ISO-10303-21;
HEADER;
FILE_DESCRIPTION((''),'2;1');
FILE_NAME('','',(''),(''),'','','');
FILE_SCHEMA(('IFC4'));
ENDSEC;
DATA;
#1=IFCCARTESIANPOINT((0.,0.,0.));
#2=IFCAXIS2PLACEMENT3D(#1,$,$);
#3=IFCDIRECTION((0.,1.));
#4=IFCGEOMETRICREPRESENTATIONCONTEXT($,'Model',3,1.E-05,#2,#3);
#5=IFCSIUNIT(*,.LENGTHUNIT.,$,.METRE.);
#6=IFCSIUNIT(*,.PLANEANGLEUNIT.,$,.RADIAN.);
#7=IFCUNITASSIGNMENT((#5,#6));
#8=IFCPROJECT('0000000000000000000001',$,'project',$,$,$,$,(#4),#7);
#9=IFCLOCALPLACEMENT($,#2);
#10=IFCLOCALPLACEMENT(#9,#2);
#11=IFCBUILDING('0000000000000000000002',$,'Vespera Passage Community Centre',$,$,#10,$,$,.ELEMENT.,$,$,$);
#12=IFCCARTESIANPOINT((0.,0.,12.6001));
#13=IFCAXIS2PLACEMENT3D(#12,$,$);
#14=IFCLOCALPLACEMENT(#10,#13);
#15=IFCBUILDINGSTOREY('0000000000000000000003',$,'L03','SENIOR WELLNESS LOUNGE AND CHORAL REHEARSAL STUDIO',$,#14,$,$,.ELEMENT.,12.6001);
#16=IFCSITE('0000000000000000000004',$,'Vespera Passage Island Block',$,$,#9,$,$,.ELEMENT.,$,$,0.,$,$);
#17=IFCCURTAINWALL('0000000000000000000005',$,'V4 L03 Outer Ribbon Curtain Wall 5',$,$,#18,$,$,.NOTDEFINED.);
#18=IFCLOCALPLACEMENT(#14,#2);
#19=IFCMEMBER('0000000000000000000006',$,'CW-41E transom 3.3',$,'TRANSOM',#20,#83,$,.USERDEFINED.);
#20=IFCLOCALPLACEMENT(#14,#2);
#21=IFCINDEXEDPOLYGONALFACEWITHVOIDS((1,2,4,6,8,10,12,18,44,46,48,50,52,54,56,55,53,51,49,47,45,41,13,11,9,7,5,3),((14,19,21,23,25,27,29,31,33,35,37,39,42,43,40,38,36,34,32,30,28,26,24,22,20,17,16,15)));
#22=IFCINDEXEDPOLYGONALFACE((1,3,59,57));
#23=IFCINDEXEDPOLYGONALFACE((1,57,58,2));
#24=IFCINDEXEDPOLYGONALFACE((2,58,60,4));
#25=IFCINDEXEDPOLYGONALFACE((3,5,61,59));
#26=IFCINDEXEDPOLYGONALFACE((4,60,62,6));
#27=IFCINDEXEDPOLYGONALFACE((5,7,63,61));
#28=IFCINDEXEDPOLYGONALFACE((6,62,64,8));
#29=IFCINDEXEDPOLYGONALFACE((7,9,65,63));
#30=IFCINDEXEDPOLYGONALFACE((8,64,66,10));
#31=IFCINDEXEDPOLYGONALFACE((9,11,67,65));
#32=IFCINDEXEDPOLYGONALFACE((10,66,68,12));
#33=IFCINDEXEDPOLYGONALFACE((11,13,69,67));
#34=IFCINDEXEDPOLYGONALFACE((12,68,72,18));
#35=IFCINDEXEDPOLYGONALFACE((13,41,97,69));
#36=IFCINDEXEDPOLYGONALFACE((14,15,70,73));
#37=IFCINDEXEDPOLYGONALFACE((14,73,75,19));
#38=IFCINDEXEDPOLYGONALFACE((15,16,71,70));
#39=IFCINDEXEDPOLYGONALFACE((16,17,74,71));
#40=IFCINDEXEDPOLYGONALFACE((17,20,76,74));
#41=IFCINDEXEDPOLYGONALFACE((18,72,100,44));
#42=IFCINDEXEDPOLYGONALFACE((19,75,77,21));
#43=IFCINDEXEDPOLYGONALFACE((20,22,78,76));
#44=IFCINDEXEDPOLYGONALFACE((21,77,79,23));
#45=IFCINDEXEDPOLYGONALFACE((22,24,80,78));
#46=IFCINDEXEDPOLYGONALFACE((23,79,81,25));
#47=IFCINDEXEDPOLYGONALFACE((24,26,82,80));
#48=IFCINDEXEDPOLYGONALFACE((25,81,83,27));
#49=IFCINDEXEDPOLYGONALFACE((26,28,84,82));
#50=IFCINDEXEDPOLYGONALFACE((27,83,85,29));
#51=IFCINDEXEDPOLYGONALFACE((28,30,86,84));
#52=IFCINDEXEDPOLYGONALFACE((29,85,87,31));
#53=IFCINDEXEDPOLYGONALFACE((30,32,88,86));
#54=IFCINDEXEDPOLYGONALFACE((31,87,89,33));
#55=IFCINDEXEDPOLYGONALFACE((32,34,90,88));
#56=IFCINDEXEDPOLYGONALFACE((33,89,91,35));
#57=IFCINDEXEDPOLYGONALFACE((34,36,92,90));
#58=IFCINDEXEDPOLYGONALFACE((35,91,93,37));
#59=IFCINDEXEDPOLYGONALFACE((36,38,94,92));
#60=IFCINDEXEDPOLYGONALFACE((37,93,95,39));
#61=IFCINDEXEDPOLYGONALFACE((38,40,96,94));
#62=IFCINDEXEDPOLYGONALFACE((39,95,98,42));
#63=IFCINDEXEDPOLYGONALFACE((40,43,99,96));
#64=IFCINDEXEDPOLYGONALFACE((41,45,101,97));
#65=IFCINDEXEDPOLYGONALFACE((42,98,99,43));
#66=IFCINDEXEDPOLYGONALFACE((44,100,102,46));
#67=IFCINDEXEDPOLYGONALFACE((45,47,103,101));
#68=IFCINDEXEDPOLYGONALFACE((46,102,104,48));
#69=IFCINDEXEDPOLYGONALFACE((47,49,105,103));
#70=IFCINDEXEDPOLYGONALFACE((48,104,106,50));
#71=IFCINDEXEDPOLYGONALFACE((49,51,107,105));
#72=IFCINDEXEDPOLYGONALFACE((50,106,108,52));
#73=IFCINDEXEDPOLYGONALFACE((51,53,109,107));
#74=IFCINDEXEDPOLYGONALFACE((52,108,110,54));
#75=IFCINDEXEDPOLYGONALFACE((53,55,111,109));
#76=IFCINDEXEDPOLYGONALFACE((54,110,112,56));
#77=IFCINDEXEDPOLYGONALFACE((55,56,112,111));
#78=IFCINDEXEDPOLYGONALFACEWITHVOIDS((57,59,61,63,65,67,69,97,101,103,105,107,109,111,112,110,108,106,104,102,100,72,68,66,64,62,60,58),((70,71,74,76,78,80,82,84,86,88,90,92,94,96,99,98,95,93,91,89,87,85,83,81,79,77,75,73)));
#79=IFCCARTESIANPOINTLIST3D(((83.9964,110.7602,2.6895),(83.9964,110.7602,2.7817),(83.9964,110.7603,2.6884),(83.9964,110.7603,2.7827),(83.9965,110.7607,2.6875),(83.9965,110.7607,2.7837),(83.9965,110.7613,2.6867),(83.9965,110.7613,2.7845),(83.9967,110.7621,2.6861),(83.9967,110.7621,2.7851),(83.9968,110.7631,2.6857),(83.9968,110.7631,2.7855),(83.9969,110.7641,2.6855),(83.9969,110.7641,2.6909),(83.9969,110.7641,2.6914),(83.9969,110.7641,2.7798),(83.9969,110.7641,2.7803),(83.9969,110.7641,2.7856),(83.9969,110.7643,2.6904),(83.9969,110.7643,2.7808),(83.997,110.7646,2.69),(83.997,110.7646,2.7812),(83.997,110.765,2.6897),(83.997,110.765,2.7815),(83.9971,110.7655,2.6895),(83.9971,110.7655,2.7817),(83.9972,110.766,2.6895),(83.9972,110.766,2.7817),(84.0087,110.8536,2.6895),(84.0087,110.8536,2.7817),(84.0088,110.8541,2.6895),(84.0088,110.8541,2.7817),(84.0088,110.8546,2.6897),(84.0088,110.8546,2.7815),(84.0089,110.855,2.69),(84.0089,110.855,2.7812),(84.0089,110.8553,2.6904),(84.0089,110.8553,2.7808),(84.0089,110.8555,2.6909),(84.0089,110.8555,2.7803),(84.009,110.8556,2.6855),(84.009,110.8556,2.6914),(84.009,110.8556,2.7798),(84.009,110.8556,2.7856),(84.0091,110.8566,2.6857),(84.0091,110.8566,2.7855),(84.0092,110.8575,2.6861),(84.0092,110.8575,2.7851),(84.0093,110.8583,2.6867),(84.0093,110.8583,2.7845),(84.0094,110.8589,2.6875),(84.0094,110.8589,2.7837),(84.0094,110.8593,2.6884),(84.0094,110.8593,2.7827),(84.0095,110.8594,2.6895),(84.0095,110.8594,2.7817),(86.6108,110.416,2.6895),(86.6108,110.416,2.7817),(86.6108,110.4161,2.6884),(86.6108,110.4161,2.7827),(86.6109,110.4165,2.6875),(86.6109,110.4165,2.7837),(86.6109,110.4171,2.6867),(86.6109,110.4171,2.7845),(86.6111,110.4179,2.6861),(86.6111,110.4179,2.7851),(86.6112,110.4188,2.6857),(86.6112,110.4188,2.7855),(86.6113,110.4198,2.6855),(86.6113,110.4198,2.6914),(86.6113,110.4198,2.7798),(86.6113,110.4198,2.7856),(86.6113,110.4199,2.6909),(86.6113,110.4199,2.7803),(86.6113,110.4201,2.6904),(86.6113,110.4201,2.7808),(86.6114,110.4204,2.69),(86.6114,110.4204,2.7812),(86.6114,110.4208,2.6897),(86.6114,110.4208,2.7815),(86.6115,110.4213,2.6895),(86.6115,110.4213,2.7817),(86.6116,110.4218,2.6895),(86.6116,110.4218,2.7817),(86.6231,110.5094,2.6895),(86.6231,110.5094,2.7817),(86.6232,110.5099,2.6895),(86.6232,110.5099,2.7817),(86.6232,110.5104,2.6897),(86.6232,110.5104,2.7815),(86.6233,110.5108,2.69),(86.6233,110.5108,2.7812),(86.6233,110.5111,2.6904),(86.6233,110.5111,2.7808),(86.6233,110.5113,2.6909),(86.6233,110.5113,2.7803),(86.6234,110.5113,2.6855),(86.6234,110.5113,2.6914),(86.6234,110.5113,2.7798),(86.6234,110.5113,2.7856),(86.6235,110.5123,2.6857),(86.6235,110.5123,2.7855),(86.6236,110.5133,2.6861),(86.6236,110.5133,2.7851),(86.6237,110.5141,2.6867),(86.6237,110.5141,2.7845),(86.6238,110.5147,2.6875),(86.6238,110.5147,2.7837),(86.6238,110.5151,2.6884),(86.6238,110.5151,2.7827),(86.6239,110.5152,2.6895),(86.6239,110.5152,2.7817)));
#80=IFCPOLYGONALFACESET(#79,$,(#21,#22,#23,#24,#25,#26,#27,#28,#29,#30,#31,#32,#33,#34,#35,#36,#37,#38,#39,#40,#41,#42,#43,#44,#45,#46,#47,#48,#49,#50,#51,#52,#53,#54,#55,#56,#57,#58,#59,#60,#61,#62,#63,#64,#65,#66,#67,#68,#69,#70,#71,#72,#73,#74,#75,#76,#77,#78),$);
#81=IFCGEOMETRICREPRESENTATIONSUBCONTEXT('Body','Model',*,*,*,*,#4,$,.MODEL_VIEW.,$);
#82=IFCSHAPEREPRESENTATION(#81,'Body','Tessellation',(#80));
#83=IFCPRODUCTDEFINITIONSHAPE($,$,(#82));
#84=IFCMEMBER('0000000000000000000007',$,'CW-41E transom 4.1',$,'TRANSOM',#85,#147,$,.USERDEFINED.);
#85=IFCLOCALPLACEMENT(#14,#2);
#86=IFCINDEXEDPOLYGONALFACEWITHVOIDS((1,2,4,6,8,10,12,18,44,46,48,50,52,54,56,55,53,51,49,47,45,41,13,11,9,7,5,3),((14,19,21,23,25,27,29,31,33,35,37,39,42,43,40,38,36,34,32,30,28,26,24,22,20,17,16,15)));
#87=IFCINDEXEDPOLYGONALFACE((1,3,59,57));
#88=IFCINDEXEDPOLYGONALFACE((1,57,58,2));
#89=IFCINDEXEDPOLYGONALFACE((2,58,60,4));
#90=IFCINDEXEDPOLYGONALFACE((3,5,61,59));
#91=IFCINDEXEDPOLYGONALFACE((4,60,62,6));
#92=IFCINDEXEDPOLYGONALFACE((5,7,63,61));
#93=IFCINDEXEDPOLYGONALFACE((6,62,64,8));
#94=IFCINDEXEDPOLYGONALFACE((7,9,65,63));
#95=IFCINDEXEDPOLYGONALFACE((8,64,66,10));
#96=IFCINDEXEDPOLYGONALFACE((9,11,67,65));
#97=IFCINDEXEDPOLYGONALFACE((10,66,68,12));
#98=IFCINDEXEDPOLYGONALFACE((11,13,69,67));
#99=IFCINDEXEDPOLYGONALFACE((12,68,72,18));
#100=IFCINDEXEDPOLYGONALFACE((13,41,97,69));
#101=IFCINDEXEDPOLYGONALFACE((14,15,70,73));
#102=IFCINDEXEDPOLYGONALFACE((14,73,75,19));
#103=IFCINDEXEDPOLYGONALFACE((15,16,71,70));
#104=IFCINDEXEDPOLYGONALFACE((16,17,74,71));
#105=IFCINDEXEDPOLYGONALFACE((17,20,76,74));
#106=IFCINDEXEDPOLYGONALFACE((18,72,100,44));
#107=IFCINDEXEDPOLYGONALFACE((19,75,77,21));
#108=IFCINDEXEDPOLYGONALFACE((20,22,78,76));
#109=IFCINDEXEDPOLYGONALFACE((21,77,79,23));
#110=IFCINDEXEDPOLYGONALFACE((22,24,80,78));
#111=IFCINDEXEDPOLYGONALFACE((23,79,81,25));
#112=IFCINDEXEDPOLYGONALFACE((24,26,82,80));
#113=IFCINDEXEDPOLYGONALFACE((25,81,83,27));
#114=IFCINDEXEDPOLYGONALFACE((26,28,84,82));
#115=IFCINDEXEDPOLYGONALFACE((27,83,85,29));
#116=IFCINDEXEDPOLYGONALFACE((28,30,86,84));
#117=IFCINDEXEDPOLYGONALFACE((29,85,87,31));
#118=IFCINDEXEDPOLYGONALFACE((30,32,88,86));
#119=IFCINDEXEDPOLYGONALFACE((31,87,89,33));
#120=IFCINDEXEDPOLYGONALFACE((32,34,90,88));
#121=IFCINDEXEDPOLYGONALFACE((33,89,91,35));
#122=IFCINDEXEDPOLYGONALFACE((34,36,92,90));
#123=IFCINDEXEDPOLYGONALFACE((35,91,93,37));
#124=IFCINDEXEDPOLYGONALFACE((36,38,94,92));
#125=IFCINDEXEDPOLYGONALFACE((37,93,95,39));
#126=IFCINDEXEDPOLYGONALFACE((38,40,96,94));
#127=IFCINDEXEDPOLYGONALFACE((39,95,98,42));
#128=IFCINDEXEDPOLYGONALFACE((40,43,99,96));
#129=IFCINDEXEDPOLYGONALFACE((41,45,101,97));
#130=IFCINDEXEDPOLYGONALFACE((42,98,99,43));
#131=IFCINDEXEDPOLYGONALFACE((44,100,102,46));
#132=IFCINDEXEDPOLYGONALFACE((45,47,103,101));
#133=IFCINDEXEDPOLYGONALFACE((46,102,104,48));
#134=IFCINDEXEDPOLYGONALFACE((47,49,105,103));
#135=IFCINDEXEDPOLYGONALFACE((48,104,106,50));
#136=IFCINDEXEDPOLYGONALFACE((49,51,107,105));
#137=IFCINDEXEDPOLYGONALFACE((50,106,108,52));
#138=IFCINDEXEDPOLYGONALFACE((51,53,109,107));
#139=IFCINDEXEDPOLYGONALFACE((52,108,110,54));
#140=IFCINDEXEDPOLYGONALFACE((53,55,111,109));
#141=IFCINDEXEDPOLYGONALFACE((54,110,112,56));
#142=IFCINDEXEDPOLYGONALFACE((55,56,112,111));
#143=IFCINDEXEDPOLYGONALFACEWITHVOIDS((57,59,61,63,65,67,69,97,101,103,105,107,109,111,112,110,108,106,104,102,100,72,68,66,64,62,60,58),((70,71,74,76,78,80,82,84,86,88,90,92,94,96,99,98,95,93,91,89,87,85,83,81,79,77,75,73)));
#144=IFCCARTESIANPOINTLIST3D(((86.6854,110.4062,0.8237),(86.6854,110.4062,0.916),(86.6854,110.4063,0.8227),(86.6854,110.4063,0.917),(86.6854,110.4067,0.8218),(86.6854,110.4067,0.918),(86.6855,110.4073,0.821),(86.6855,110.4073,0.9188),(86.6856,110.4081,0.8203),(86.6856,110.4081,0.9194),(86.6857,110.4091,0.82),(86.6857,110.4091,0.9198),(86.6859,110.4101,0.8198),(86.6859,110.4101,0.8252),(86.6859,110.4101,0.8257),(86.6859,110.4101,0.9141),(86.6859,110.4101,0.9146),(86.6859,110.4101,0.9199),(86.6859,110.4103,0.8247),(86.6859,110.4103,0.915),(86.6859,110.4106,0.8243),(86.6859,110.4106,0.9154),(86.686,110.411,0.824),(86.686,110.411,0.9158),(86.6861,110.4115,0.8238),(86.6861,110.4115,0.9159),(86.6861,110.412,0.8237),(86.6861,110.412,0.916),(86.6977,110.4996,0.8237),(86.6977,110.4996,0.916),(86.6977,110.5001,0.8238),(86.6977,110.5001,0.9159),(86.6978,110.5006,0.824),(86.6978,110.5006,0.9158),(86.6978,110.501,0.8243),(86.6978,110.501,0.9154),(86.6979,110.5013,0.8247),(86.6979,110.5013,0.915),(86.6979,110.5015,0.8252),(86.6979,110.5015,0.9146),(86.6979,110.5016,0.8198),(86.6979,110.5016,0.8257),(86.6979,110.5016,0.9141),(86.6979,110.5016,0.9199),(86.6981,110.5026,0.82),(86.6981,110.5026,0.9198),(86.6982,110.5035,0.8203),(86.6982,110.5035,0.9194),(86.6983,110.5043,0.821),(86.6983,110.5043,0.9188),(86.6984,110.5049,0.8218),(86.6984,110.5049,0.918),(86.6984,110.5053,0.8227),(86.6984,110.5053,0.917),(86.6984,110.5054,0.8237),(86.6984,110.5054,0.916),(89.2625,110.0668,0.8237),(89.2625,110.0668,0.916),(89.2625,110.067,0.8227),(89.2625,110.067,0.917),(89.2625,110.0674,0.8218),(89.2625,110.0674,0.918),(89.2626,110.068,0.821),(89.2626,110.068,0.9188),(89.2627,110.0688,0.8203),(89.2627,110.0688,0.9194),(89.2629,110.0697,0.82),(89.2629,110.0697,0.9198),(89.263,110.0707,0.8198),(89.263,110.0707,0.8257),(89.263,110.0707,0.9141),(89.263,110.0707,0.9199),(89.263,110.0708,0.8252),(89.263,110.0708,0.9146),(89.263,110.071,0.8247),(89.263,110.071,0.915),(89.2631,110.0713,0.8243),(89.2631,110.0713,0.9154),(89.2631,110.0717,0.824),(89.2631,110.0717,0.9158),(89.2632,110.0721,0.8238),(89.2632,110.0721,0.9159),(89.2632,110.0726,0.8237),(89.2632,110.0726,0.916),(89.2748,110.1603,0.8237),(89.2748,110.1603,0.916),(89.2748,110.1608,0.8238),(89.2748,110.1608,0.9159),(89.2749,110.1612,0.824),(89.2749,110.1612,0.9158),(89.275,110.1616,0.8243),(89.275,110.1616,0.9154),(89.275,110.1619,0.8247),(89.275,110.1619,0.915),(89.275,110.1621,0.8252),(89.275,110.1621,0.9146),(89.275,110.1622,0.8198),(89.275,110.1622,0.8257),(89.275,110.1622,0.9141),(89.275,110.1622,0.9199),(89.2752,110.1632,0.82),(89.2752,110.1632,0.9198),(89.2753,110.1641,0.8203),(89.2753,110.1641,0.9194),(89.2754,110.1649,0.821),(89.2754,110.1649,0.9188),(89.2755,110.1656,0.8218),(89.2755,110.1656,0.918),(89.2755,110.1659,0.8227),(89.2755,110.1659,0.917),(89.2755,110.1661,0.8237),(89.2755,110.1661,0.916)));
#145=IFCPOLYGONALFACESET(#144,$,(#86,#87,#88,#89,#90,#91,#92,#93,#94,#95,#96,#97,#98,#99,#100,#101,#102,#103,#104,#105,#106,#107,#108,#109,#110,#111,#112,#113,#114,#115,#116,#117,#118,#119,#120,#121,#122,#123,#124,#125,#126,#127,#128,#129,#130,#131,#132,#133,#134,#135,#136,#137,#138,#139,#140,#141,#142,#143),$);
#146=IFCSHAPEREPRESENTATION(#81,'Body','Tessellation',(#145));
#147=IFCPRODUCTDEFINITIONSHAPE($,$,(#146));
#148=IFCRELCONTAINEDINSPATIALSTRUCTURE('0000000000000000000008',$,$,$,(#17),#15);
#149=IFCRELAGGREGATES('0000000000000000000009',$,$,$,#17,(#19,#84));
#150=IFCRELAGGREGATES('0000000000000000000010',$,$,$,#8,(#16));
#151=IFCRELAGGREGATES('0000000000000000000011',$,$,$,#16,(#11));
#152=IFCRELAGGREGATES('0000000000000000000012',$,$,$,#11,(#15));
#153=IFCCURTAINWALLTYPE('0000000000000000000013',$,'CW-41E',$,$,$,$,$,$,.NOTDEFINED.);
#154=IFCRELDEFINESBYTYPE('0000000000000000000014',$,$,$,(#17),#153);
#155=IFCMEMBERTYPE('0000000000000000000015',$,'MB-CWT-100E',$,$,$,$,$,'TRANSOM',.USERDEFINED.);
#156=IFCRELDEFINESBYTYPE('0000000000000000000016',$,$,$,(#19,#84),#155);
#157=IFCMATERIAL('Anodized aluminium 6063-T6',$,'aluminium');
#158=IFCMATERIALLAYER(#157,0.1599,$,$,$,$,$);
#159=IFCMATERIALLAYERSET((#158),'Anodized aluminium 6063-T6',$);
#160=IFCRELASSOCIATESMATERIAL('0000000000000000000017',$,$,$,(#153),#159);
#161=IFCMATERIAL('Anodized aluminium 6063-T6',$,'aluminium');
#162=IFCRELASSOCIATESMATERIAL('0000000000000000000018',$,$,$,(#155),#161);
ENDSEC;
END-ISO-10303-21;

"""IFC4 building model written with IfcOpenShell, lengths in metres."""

from ifc_helpers import new_model, si_unit, direction, frame, origin, origin_2d, place, context, subcontext, project, spatial, hollow_rectangle, extrude, material, layer, layer_set, material_profile, profile_set, type_object, element, aggregate, save


model = new_model("IFC4")

# Units and contexts
model_context = context("Model", 3, precision=1e-05, world=origin(), true_north=direction((0.0, 1.0)))
body_context = subcontext(model_context, "Body", "Model", "MODEL_VIEW")
ifc_project = project(units=[si_unit("LENGTHUNIT", "METRE"), si_unit("PLANEANGLEUNIT", "RADIAN")], contexts=[model_context])

# Site, building, storey
site_placement = place(None, origin())
site = spatial("IfcSite", under=ifc_project, at=site_placement, Name="Vespera Passage Island Block", CompositionType="ELEMENT", RefElevation=0.0)
building_placement = place(site_placement, origin())
building = spatial("IfcBuilding", under=site, at=building_placement, Name="Vespera Passage Community Centre", CompositionType="ELEMENT")
storey_placement = place(building_placement, frame((0.0, 0.0, 12.6001)))
storey = spatial("IfcBuildingStorey", under=building, at=storey_placement, Name="L03", Description="SENIOR WELLNESS LOUNGE AND CHORAL REHEARSAL STUDIO", CompositionType="ELEMENT", Elevation=12.6001)

# Curtain wall, members
ifc_material_1 = material(Name="Anodized aluminium 6063-T6", Category="aluminium")
ifc_layer_1 = layer(ifc_material_1, 0.1599)
ifc_layer_set_1 = layer_set([ifc_layer_1], Name="Anodized aluminium 6063-T6")
curtain_wall_type = type_object("IfcCurtainWallType", Name="CW-41E", PredefinedType="NOTDEFINED", material=ifc_layer_set_1)
curtain_wall_placement = place(storey_placement, origin())
curtain_wall = element("IfcCurtainWall", 1, at=curtain_wall_placement, inside=storey, type_object=curtain_wall_type, Name="V4 L03 Outer Ribbon Curtain Wall 5", PredefinedType="NOTDEFINED")
ifc_material_2 = material(Name="Anodized aluminium 6063-T6", Category="aluminium")
ifc_material_profile_1 = material_profile(ifc_material_2, hollow_rectangle(XDim=0.1001, YDim=0.1001, WallThickness=0.0039, InnerFilletRadius=0.002, OuterFilletRadius=0.0039, at=origin_2d()), Name="ALU100X100X4")
ifc_profile_set_1 = profile_set([ifc_material_profile_1], Name="Anodized aluminium 6063-T6")
member_type_1 = type_object("IfcMemberType", Name="MB-CWT-100E", ElementType="TRANSOM", PredefinedType="USERDEFINED", material=ifc_profile_set_1)
member_1_placement = place(storey_placement, frame((84.0029, 110.8098, 2.7356), z_axis=(0.991443, -0.130538, 0.0), x_axis=(0.130538, 0.991443, 0.0)))
member_1 = element("IfcMember", 2, at=member_1_placement, type_object=member_type_1, Name="CW-41E transom 3.3", ObjectType="TRANSOM", PredefinedType="USERDEFINED", context=body_context, shape_type="SweptSolid", body=[
    extrude(hollow_rectangle(XDim=0.1001, YDim=0.1001, WallThickness=0.0039, InnerFilletRadius=0.002, OuterFilletRadius=0.0039, at=origin_2d()), origin(), (0.0, 0.0, 1.0), 2.637),
])
member_2_placement = place(storey_placement, frame((86.6919, 110.4558, 0.8699), z_axis=(0.991442, -0.130552, 0.0), x_axis=(0.130552, 0.991442, 0.0)))
member_2 = element("IfcMember", 3, at=member_2_placement, type_object=member_type_1, Name="CW-41E transom 4.1", ObjectType="TRANSOM", PredefinedType="USERDEFINED", context=body_context, shape_type="SweptSolid", body=[
    extrude(hollow_rectangle(XDim=0.1001, YDim=0.1001, WallThickness=0.0039, InnerFilletRadius=0.002, OuterFilletRadius=0.0039, at=origin_2d()), origin(), (0.0, 0.0, 1.0), 2.5994),
])
aggregate(curtain_wall, [member_1, member_2])

save(model, "model.ifc")
